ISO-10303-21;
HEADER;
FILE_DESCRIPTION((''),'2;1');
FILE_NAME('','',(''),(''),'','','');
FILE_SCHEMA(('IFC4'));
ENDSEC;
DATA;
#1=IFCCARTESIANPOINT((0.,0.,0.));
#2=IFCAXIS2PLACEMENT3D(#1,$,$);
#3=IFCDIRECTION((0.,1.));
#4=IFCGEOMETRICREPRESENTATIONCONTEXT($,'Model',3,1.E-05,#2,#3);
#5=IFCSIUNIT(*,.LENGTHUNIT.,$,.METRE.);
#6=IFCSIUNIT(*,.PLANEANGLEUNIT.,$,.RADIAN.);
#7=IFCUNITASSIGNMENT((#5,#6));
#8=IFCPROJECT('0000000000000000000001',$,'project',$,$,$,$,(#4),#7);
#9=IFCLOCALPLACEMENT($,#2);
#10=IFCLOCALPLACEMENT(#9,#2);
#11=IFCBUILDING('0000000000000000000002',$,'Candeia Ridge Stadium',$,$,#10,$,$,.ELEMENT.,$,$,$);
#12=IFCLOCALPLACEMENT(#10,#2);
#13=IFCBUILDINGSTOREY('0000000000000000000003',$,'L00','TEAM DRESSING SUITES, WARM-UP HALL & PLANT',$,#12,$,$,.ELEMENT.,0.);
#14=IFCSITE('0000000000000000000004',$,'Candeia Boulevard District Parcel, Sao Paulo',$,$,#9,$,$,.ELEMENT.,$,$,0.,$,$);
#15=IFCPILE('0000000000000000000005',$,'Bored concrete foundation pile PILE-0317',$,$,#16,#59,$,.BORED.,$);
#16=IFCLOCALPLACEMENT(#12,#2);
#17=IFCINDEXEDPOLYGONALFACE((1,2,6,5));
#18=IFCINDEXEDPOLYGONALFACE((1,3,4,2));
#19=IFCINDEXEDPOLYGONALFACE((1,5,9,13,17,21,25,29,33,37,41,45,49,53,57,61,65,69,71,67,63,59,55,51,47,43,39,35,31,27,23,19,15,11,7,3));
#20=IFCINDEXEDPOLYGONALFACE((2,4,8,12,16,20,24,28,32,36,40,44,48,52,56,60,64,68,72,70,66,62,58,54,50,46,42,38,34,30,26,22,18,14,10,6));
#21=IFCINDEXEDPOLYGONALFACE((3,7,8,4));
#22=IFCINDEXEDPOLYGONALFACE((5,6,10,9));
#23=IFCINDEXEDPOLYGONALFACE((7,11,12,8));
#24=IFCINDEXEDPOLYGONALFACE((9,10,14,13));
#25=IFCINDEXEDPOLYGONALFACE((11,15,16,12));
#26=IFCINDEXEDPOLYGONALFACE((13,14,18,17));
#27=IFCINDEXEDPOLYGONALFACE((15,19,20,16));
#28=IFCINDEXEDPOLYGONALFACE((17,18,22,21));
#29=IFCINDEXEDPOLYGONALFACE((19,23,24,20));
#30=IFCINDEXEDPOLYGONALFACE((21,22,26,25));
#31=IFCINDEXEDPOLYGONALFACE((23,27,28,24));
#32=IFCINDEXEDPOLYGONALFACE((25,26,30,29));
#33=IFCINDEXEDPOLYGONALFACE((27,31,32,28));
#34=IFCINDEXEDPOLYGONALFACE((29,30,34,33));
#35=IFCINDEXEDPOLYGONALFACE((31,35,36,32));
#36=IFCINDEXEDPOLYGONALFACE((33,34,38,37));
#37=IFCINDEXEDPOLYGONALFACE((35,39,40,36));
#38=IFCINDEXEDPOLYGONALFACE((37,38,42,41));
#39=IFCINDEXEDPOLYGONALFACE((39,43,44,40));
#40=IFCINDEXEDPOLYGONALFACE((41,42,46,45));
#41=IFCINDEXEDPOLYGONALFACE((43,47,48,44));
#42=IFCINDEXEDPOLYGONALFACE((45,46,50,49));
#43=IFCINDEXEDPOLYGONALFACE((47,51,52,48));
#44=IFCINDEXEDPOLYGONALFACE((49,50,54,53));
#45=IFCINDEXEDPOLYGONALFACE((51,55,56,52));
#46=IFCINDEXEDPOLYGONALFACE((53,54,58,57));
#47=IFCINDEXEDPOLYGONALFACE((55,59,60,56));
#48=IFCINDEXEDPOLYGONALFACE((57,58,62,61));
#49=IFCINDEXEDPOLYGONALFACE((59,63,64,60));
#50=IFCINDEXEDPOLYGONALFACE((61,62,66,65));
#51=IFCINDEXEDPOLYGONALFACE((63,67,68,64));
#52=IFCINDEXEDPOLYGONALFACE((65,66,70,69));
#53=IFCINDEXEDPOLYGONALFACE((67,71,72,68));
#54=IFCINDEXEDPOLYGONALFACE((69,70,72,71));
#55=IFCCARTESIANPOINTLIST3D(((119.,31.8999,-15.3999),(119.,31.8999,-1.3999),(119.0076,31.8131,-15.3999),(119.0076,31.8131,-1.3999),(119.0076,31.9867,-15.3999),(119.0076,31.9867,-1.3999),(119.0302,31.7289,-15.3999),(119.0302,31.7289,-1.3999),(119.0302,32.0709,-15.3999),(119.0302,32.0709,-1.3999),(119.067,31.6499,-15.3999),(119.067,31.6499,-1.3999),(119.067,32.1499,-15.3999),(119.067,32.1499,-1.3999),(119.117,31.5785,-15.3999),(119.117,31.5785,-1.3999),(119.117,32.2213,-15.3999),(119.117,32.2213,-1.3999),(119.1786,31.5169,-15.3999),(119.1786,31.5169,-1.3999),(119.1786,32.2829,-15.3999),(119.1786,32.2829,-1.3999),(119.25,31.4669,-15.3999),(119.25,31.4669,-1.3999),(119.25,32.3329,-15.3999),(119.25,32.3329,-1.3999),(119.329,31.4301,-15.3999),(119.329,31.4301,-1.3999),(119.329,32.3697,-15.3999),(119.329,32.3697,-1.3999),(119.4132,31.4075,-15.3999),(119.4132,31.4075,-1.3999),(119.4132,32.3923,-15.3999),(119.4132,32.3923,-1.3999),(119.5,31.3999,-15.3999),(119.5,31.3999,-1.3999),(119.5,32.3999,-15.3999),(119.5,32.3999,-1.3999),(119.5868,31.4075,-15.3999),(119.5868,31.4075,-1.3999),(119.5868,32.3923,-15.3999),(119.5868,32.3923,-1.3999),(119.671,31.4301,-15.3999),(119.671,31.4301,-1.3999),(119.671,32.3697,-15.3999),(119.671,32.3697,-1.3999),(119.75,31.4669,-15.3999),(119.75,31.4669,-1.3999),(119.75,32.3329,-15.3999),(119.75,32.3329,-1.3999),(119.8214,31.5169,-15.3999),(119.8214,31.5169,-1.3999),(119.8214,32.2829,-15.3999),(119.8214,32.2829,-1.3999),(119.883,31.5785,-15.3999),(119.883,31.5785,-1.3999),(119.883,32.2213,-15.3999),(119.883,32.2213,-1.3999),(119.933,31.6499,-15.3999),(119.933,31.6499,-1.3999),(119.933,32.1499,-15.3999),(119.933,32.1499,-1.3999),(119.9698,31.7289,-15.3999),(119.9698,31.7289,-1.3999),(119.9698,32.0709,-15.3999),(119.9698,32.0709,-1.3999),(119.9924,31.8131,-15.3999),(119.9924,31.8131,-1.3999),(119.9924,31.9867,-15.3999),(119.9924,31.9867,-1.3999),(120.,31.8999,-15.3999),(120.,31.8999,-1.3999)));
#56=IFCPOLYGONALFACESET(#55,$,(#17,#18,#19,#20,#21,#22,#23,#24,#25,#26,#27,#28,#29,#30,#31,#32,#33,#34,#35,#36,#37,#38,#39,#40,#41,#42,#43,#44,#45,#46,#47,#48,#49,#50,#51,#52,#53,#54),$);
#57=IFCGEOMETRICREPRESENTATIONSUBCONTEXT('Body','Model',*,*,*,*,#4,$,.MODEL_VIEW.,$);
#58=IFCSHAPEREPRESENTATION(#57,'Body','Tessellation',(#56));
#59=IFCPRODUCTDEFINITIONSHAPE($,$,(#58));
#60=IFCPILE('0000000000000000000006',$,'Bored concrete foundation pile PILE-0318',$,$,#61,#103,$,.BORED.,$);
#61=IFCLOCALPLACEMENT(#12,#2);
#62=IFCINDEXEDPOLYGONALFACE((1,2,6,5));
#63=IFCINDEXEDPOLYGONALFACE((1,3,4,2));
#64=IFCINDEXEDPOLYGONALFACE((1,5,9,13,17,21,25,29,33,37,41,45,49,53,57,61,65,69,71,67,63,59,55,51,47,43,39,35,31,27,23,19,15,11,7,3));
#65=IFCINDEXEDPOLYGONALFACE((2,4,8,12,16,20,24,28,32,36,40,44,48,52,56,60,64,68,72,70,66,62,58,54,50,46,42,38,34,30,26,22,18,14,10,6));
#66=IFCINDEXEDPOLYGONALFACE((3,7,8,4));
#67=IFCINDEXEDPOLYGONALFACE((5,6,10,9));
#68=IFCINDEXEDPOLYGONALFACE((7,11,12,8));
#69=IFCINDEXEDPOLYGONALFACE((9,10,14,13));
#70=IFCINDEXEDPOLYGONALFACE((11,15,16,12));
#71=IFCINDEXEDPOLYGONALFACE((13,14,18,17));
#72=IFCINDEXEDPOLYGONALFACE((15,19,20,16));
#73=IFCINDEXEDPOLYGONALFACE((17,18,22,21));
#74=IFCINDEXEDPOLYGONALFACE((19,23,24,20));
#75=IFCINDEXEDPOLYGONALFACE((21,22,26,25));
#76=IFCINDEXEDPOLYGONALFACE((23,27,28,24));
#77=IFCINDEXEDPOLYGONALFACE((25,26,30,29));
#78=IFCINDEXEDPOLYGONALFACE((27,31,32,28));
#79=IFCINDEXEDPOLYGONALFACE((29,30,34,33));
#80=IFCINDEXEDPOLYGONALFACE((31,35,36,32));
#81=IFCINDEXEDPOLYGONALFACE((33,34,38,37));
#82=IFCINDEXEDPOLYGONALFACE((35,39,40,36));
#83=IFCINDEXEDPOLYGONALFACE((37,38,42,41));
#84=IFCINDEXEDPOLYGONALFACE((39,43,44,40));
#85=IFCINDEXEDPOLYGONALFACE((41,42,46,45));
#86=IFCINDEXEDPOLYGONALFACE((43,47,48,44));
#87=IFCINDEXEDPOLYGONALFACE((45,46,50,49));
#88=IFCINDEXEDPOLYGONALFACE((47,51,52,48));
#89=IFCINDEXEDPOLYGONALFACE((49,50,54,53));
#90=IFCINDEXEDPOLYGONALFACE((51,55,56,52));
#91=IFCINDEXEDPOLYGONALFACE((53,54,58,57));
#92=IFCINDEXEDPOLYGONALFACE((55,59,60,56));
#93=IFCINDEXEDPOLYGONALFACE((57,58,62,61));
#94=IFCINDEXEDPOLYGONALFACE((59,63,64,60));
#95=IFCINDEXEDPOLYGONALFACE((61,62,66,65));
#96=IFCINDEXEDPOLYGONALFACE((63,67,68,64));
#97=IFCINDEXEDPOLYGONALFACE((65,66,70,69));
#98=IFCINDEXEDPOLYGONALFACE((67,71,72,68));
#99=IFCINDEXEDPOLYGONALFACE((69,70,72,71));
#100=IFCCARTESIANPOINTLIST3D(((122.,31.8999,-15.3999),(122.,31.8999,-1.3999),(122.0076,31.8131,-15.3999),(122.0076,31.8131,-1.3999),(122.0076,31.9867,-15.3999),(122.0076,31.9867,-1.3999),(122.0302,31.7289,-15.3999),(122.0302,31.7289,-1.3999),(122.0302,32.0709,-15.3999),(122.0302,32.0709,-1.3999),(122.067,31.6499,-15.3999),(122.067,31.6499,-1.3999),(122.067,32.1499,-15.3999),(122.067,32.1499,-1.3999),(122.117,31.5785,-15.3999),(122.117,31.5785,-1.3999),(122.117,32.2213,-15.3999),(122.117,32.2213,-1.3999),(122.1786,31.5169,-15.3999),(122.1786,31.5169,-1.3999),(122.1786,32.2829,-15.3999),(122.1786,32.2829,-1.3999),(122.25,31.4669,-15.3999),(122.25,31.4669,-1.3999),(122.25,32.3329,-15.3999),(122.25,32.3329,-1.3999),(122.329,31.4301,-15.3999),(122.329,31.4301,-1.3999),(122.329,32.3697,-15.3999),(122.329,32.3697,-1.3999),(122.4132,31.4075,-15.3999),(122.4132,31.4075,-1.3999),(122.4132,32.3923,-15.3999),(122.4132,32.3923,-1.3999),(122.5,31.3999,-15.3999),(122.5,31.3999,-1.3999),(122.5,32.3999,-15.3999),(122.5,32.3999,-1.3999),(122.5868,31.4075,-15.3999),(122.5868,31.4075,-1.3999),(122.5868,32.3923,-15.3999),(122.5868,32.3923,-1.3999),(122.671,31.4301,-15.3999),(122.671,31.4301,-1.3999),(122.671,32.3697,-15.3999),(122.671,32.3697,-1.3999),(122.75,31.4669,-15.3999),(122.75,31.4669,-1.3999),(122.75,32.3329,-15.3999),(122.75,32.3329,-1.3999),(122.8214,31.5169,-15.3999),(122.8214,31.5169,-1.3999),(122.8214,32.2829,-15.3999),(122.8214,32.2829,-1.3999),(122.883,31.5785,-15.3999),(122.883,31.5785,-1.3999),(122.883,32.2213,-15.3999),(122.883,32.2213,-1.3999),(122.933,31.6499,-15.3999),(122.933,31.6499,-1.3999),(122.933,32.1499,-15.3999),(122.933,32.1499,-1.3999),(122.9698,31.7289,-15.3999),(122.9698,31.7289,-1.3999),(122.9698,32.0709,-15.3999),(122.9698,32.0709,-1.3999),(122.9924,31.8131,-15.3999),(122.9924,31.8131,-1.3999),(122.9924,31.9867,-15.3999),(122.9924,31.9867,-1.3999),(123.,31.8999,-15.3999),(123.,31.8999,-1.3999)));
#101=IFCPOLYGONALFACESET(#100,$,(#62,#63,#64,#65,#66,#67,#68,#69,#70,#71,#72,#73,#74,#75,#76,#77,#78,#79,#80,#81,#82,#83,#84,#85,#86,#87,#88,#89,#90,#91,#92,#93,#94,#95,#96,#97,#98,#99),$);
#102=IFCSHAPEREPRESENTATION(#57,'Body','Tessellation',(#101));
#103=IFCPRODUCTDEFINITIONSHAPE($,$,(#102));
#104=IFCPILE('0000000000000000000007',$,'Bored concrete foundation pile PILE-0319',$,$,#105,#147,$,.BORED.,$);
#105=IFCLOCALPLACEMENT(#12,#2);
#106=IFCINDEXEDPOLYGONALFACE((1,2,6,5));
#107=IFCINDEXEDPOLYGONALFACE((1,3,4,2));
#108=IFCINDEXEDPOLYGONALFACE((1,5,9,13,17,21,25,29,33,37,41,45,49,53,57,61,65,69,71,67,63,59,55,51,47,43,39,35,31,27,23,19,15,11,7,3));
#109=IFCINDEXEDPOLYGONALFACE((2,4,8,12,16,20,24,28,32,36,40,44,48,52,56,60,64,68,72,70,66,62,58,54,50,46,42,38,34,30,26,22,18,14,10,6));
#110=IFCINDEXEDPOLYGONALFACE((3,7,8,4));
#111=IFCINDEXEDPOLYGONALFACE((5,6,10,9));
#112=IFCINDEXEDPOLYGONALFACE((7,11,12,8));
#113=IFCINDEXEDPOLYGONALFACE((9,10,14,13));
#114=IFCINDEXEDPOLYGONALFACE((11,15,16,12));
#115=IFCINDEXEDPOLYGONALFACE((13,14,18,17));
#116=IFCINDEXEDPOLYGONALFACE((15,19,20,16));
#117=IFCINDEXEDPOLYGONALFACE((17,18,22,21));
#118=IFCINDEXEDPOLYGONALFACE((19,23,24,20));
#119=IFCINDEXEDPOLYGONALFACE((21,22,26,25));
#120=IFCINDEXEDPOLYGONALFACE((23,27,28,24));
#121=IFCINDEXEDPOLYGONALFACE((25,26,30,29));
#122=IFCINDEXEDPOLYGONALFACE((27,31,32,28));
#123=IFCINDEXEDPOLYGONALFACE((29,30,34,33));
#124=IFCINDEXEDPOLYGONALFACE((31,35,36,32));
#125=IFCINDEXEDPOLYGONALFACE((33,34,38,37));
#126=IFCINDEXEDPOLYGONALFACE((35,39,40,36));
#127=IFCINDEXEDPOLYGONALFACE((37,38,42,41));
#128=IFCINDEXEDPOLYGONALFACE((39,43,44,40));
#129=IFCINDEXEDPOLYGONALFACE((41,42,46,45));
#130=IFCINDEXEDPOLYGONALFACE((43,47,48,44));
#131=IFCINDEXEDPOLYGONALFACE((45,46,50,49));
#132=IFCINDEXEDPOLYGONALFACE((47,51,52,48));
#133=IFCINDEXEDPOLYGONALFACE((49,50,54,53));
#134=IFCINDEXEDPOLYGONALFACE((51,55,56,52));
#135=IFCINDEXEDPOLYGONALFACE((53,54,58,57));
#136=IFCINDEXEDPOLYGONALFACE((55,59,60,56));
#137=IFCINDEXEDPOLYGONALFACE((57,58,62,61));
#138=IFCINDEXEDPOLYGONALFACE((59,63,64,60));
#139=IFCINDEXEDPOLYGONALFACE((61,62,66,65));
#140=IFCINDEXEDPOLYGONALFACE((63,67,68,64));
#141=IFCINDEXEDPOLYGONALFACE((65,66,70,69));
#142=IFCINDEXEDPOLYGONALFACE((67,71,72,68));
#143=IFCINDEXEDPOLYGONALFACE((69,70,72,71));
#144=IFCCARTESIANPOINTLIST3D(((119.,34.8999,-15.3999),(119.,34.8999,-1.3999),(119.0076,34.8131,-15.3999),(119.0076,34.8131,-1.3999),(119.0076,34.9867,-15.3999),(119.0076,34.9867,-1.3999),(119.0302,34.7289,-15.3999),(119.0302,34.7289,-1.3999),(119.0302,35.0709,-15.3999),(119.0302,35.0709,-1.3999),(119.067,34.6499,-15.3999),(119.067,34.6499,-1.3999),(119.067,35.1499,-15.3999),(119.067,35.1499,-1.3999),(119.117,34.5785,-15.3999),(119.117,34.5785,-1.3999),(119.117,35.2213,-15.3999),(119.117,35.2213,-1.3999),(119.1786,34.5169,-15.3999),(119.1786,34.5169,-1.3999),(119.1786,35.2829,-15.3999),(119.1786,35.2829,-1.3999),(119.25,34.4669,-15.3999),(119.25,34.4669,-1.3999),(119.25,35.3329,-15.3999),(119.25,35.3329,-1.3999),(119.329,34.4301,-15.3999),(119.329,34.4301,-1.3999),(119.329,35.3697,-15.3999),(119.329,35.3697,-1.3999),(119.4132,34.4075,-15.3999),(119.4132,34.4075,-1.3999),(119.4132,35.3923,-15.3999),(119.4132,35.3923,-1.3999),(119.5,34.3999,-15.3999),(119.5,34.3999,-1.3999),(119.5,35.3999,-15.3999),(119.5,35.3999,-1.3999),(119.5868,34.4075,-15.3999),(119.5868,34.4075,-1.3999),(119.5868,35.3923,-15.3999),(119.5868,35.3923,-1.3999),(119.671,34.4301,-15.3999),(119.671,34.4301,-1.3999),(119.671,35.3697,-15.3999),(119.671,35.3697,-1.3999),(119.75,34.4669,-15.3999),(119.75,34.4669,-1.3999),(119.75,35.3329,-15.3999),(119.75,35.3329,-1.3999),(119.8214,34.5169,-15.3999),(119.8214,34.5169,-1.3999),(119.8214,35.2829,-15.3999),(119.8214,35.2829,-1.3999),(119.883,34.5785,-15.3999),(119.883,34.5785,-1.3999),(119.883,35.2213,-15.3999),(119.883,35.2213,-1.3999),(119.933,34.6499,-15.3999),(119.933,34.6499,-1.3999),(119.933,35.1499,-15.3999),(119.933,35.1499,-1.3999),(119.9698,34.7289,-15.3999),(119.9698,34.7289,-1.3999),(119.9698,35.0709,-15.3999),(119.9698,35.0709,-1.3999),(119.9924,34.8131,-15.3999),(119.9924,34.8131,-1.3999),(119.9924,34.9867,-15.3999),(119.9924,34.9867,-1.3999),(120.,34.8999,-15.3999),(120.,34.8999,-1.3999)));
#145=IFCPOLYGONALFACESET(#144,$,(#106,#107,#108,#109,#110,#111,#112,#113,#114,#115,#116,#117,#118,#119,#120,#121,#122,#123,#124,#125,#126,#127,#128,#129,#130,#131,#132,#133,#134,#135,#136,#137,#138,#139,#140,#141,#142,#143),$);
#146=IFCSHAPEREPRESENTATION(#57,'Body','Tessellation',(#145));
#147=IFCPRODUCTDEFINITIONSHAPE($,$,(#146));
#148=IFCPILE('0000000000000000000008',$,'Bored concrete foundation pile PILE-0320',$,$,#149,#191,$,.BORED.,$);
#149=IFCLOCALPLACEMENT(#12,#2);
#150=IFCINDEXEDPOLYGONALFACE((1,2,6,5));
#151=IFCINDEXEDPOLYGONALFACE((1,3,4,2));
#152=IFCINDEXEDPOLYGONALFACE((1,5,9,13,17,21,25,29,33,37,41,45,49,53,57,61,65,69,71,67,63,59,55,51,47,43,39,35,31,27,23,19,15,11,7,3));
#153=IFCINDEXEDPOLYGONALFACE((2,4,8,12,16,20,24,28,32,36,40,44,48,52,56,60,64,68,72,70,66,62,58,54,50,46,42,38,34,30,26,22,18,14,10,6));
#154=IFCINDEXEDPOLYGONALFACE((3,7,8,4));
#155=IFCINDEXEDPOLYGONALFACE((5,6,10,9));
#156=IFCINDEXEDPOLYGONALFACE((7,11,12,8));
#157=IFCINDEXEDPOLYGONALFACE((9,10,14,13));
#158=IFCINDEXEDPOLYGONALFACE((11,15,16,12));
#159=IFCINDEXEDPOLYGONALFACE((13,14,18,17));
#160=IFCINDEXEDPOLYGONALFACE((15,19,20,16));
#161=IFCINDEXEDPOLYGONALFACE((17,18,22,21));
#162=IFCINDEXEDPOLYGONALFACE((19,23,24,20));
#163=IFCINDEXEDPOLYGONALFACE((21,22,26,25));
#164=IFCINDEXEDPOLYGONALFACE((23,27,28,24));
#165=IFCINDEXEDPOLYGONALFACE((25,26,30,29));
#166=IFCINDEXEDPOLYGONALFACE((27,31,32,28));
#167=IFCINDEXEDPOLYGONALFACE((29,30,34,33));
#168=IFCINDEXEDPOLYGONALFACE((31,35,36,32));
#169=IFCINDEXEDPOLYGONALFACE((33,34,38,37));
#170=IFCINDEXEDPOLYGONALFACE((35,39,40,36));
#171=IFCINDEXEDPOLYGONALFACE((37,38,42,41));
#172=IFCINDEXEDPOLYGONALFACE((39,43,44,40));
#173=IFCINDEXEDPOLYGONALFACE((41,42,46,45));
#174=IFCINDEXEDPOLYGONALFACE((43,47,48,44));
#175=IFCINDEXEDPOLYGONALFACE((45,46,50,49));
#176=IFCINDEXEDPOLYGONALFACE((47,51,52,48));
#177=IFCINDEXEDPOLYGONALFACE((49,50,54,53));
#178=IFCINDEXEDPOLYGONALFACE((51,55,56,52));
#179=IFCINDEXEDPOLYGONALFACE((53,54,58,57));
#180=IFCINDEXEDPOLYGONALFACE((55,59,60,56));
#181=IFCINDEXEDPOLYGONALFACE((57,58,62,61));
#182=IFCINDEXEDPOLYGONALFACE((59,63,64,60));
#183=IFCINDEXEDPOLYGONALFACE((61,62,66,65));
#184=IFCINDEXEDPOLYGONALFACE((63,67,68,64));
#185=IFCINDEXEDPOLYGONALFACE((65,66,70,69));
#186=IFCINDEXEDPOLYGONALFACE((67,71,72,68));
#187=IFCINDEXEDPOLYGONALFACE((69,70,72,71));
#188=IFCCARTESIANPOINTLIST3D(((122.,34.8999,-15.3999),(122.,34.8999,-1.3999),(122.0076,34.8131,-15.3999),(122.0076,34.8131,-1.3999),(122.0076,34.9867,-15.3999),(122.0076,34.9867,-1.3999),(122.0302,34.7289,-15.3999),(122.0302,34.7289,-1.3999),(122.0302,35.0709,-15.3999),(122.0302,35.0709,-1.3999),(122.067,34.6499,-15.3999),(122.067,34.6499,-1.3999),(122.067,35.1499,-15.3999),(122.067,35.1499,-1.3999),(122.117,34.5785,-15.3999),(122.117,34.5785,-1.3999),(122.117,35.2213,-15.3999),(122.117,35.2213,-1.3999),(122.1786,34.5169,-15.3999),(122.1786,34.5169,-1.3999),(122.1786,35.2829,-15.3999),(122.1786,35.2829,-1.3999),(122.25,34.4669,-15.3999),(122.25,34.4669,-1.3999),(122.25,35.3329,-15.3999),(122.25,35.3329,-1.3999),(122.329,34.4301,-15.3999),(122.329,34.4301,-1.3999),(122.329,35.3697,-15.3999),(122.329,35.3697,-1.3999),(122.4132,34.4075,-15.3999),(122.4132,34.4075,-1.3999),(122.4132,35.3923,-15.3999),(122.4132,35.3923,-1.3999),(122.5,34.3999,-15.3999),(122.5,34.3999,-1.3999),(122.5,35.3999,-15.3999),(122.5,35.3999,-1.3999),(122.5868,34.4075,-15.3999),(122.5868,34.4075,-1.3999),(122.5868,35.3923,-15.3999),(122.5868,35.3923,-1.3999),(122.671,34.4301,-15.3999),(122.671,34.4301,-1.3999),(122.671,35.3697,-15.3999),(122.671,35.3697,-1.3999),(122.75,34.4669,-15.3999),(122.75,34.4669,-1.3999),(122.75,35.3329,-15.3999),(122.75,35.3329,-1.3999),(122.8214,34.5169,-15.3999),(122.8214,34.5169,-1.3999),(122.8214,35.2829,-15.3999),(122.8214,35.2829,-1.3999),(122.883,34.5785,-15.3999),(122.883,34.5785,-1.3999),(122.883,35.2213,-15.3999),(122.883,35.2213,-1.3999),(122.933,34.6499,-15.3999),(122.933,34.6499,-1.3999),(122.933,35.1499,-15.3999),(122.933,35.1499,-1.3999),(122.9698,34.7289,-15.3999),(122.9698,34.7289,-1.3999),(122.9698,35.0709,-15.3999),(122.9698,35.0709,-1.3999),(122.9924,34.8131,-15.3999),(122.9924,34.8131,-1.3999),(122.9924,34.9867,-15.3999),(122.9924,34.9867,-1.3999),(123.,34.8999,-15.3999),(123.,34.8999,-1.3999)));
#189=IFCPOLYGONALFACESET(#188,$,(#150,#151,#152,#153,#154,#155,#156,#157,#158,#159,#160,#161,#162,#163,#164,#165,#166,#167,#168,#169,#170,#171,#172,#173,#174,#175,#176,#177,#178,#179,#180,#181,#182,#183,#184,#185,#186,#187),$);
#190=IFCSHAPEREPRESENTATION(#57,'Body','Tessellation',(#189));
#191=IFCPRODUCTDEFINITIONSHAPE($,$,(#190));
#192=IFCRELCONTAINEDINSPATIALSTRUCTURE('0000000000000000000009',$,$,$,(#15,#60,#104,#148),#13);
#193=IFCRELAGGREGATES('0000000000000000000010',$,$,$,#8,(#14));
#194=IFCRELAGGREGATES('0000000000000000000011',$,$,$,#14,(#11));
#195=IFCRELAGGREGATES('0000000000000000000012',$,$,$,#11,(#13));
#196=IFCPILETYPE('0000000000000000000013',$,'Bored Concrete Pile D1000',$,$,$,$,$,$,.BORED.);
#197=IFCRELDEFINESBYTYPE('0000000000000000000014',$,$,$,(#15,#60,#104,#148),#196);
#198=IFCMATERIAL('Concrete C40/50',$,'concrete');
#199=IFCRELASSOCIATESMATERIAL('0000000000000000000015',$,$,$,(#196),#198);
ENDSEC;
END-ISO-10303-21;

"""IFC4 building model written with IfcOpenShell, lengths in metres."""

from ifc_helpers import new_model, si_unit, direction, frame, origin, origin_2d, place, context, subcontext, project, spatial, circle, extrude, material, material_profile, profile_set, type_object, element, save


model = new_model("IFC4")

# Units and contexts
model_context = context("Model", 3, precision=1e-05, world=origin(), true_north=direction((0.0, 1.0)))
body_context = subcontext(model_context, "Body", "Model", "MODEL_VIEW")
ifc_project = project(units=[si_unit("LENGTHUNIT", "METRE"), si_unit("PLANEANGLEUNIT", "RADIAN")], contexts=[model_context])

# Site, building, storey
site_placement = place(None, origin())
site = spatial("IfcSite", under=ifc_project, at=site_placement, Name="Candeia Boulevard District Parcel, Sao Paulo", CompositionType="ELEMENT", RefElevation=0.0)
building_placement = place(site_placement, origin())
building = spatial("IfcBuilding", under=site, at=building_placement, Name="Candeia Ridge Stadium", CompositionType="ELEMENT")
storey_placement = place(building_placement, origin())
storey = spatial("IfcBuildingStorey", under=building, at=storey_placement, Name="L00", Description="TEAM DRESSING SUITES, WARM-UP HALL & PLANT", CompositionType="ELEMENT", Elevation=0.0)

# Piles
ifc_material_1 = material(Name="Concrete C40/50", Category="concrete")
ifc_material_profile_1 = material_profile(ifc_material_1, circle(Radius=0.5, at=origin_2d()), Name="PILE-D1000", Category="concrete")
ifc_profile_set_1 = profile_set([ifc_material_profile_1], Name="Concrete C40/50")
pile_type_1 = type_object("IfcPileType", Name="Bored Concrete Pile D1000", PredefinedType="BORED", material=ifc_profile_set_1)
for number, where, z_axis, x_axis, name in (
    (1, (119.5, 31.8999, -1.3999), (0.0, 0.0, -1.0), (1.0, 0.0, 0.0), "Bored concrete foundation pile PILE-0317"),
    (2, (122.5, 31.8999, -1.3999), (0.0, 0.0, -1.0), (1.0, 0.0, 0.0), "Bored concrete foundation pile PILE-0318"),
    (3, (119.5, 34.8999, -1.3999), (0.0, 0.0, -1.0), (1.0, 0.0, 0.0), "Bored concrete foundation pile PILE-0319"),
    (4, (122.5, 34.8999, -1.3999), (0.0, 0.0, -1.0), (1.0, 0.0, 0.0), "Bored concrete foundation pile PILE-0320"),
):
    element("IfcPile", number, at=place(storey_placement, frame(where, z_axis=z_axis, x_axis=x_axis)), inside=storey, type_object=pile_type_1, Name=name, PredefinedType="BORED", context=body_context, shape_type="SweptSolid", body=[
        extrude(circle(Radius=0.5, at=origin_2d()), origin(), (0.0, 0.0, 1.0), 14.0),
    ])

save(model, "model.ifc")
